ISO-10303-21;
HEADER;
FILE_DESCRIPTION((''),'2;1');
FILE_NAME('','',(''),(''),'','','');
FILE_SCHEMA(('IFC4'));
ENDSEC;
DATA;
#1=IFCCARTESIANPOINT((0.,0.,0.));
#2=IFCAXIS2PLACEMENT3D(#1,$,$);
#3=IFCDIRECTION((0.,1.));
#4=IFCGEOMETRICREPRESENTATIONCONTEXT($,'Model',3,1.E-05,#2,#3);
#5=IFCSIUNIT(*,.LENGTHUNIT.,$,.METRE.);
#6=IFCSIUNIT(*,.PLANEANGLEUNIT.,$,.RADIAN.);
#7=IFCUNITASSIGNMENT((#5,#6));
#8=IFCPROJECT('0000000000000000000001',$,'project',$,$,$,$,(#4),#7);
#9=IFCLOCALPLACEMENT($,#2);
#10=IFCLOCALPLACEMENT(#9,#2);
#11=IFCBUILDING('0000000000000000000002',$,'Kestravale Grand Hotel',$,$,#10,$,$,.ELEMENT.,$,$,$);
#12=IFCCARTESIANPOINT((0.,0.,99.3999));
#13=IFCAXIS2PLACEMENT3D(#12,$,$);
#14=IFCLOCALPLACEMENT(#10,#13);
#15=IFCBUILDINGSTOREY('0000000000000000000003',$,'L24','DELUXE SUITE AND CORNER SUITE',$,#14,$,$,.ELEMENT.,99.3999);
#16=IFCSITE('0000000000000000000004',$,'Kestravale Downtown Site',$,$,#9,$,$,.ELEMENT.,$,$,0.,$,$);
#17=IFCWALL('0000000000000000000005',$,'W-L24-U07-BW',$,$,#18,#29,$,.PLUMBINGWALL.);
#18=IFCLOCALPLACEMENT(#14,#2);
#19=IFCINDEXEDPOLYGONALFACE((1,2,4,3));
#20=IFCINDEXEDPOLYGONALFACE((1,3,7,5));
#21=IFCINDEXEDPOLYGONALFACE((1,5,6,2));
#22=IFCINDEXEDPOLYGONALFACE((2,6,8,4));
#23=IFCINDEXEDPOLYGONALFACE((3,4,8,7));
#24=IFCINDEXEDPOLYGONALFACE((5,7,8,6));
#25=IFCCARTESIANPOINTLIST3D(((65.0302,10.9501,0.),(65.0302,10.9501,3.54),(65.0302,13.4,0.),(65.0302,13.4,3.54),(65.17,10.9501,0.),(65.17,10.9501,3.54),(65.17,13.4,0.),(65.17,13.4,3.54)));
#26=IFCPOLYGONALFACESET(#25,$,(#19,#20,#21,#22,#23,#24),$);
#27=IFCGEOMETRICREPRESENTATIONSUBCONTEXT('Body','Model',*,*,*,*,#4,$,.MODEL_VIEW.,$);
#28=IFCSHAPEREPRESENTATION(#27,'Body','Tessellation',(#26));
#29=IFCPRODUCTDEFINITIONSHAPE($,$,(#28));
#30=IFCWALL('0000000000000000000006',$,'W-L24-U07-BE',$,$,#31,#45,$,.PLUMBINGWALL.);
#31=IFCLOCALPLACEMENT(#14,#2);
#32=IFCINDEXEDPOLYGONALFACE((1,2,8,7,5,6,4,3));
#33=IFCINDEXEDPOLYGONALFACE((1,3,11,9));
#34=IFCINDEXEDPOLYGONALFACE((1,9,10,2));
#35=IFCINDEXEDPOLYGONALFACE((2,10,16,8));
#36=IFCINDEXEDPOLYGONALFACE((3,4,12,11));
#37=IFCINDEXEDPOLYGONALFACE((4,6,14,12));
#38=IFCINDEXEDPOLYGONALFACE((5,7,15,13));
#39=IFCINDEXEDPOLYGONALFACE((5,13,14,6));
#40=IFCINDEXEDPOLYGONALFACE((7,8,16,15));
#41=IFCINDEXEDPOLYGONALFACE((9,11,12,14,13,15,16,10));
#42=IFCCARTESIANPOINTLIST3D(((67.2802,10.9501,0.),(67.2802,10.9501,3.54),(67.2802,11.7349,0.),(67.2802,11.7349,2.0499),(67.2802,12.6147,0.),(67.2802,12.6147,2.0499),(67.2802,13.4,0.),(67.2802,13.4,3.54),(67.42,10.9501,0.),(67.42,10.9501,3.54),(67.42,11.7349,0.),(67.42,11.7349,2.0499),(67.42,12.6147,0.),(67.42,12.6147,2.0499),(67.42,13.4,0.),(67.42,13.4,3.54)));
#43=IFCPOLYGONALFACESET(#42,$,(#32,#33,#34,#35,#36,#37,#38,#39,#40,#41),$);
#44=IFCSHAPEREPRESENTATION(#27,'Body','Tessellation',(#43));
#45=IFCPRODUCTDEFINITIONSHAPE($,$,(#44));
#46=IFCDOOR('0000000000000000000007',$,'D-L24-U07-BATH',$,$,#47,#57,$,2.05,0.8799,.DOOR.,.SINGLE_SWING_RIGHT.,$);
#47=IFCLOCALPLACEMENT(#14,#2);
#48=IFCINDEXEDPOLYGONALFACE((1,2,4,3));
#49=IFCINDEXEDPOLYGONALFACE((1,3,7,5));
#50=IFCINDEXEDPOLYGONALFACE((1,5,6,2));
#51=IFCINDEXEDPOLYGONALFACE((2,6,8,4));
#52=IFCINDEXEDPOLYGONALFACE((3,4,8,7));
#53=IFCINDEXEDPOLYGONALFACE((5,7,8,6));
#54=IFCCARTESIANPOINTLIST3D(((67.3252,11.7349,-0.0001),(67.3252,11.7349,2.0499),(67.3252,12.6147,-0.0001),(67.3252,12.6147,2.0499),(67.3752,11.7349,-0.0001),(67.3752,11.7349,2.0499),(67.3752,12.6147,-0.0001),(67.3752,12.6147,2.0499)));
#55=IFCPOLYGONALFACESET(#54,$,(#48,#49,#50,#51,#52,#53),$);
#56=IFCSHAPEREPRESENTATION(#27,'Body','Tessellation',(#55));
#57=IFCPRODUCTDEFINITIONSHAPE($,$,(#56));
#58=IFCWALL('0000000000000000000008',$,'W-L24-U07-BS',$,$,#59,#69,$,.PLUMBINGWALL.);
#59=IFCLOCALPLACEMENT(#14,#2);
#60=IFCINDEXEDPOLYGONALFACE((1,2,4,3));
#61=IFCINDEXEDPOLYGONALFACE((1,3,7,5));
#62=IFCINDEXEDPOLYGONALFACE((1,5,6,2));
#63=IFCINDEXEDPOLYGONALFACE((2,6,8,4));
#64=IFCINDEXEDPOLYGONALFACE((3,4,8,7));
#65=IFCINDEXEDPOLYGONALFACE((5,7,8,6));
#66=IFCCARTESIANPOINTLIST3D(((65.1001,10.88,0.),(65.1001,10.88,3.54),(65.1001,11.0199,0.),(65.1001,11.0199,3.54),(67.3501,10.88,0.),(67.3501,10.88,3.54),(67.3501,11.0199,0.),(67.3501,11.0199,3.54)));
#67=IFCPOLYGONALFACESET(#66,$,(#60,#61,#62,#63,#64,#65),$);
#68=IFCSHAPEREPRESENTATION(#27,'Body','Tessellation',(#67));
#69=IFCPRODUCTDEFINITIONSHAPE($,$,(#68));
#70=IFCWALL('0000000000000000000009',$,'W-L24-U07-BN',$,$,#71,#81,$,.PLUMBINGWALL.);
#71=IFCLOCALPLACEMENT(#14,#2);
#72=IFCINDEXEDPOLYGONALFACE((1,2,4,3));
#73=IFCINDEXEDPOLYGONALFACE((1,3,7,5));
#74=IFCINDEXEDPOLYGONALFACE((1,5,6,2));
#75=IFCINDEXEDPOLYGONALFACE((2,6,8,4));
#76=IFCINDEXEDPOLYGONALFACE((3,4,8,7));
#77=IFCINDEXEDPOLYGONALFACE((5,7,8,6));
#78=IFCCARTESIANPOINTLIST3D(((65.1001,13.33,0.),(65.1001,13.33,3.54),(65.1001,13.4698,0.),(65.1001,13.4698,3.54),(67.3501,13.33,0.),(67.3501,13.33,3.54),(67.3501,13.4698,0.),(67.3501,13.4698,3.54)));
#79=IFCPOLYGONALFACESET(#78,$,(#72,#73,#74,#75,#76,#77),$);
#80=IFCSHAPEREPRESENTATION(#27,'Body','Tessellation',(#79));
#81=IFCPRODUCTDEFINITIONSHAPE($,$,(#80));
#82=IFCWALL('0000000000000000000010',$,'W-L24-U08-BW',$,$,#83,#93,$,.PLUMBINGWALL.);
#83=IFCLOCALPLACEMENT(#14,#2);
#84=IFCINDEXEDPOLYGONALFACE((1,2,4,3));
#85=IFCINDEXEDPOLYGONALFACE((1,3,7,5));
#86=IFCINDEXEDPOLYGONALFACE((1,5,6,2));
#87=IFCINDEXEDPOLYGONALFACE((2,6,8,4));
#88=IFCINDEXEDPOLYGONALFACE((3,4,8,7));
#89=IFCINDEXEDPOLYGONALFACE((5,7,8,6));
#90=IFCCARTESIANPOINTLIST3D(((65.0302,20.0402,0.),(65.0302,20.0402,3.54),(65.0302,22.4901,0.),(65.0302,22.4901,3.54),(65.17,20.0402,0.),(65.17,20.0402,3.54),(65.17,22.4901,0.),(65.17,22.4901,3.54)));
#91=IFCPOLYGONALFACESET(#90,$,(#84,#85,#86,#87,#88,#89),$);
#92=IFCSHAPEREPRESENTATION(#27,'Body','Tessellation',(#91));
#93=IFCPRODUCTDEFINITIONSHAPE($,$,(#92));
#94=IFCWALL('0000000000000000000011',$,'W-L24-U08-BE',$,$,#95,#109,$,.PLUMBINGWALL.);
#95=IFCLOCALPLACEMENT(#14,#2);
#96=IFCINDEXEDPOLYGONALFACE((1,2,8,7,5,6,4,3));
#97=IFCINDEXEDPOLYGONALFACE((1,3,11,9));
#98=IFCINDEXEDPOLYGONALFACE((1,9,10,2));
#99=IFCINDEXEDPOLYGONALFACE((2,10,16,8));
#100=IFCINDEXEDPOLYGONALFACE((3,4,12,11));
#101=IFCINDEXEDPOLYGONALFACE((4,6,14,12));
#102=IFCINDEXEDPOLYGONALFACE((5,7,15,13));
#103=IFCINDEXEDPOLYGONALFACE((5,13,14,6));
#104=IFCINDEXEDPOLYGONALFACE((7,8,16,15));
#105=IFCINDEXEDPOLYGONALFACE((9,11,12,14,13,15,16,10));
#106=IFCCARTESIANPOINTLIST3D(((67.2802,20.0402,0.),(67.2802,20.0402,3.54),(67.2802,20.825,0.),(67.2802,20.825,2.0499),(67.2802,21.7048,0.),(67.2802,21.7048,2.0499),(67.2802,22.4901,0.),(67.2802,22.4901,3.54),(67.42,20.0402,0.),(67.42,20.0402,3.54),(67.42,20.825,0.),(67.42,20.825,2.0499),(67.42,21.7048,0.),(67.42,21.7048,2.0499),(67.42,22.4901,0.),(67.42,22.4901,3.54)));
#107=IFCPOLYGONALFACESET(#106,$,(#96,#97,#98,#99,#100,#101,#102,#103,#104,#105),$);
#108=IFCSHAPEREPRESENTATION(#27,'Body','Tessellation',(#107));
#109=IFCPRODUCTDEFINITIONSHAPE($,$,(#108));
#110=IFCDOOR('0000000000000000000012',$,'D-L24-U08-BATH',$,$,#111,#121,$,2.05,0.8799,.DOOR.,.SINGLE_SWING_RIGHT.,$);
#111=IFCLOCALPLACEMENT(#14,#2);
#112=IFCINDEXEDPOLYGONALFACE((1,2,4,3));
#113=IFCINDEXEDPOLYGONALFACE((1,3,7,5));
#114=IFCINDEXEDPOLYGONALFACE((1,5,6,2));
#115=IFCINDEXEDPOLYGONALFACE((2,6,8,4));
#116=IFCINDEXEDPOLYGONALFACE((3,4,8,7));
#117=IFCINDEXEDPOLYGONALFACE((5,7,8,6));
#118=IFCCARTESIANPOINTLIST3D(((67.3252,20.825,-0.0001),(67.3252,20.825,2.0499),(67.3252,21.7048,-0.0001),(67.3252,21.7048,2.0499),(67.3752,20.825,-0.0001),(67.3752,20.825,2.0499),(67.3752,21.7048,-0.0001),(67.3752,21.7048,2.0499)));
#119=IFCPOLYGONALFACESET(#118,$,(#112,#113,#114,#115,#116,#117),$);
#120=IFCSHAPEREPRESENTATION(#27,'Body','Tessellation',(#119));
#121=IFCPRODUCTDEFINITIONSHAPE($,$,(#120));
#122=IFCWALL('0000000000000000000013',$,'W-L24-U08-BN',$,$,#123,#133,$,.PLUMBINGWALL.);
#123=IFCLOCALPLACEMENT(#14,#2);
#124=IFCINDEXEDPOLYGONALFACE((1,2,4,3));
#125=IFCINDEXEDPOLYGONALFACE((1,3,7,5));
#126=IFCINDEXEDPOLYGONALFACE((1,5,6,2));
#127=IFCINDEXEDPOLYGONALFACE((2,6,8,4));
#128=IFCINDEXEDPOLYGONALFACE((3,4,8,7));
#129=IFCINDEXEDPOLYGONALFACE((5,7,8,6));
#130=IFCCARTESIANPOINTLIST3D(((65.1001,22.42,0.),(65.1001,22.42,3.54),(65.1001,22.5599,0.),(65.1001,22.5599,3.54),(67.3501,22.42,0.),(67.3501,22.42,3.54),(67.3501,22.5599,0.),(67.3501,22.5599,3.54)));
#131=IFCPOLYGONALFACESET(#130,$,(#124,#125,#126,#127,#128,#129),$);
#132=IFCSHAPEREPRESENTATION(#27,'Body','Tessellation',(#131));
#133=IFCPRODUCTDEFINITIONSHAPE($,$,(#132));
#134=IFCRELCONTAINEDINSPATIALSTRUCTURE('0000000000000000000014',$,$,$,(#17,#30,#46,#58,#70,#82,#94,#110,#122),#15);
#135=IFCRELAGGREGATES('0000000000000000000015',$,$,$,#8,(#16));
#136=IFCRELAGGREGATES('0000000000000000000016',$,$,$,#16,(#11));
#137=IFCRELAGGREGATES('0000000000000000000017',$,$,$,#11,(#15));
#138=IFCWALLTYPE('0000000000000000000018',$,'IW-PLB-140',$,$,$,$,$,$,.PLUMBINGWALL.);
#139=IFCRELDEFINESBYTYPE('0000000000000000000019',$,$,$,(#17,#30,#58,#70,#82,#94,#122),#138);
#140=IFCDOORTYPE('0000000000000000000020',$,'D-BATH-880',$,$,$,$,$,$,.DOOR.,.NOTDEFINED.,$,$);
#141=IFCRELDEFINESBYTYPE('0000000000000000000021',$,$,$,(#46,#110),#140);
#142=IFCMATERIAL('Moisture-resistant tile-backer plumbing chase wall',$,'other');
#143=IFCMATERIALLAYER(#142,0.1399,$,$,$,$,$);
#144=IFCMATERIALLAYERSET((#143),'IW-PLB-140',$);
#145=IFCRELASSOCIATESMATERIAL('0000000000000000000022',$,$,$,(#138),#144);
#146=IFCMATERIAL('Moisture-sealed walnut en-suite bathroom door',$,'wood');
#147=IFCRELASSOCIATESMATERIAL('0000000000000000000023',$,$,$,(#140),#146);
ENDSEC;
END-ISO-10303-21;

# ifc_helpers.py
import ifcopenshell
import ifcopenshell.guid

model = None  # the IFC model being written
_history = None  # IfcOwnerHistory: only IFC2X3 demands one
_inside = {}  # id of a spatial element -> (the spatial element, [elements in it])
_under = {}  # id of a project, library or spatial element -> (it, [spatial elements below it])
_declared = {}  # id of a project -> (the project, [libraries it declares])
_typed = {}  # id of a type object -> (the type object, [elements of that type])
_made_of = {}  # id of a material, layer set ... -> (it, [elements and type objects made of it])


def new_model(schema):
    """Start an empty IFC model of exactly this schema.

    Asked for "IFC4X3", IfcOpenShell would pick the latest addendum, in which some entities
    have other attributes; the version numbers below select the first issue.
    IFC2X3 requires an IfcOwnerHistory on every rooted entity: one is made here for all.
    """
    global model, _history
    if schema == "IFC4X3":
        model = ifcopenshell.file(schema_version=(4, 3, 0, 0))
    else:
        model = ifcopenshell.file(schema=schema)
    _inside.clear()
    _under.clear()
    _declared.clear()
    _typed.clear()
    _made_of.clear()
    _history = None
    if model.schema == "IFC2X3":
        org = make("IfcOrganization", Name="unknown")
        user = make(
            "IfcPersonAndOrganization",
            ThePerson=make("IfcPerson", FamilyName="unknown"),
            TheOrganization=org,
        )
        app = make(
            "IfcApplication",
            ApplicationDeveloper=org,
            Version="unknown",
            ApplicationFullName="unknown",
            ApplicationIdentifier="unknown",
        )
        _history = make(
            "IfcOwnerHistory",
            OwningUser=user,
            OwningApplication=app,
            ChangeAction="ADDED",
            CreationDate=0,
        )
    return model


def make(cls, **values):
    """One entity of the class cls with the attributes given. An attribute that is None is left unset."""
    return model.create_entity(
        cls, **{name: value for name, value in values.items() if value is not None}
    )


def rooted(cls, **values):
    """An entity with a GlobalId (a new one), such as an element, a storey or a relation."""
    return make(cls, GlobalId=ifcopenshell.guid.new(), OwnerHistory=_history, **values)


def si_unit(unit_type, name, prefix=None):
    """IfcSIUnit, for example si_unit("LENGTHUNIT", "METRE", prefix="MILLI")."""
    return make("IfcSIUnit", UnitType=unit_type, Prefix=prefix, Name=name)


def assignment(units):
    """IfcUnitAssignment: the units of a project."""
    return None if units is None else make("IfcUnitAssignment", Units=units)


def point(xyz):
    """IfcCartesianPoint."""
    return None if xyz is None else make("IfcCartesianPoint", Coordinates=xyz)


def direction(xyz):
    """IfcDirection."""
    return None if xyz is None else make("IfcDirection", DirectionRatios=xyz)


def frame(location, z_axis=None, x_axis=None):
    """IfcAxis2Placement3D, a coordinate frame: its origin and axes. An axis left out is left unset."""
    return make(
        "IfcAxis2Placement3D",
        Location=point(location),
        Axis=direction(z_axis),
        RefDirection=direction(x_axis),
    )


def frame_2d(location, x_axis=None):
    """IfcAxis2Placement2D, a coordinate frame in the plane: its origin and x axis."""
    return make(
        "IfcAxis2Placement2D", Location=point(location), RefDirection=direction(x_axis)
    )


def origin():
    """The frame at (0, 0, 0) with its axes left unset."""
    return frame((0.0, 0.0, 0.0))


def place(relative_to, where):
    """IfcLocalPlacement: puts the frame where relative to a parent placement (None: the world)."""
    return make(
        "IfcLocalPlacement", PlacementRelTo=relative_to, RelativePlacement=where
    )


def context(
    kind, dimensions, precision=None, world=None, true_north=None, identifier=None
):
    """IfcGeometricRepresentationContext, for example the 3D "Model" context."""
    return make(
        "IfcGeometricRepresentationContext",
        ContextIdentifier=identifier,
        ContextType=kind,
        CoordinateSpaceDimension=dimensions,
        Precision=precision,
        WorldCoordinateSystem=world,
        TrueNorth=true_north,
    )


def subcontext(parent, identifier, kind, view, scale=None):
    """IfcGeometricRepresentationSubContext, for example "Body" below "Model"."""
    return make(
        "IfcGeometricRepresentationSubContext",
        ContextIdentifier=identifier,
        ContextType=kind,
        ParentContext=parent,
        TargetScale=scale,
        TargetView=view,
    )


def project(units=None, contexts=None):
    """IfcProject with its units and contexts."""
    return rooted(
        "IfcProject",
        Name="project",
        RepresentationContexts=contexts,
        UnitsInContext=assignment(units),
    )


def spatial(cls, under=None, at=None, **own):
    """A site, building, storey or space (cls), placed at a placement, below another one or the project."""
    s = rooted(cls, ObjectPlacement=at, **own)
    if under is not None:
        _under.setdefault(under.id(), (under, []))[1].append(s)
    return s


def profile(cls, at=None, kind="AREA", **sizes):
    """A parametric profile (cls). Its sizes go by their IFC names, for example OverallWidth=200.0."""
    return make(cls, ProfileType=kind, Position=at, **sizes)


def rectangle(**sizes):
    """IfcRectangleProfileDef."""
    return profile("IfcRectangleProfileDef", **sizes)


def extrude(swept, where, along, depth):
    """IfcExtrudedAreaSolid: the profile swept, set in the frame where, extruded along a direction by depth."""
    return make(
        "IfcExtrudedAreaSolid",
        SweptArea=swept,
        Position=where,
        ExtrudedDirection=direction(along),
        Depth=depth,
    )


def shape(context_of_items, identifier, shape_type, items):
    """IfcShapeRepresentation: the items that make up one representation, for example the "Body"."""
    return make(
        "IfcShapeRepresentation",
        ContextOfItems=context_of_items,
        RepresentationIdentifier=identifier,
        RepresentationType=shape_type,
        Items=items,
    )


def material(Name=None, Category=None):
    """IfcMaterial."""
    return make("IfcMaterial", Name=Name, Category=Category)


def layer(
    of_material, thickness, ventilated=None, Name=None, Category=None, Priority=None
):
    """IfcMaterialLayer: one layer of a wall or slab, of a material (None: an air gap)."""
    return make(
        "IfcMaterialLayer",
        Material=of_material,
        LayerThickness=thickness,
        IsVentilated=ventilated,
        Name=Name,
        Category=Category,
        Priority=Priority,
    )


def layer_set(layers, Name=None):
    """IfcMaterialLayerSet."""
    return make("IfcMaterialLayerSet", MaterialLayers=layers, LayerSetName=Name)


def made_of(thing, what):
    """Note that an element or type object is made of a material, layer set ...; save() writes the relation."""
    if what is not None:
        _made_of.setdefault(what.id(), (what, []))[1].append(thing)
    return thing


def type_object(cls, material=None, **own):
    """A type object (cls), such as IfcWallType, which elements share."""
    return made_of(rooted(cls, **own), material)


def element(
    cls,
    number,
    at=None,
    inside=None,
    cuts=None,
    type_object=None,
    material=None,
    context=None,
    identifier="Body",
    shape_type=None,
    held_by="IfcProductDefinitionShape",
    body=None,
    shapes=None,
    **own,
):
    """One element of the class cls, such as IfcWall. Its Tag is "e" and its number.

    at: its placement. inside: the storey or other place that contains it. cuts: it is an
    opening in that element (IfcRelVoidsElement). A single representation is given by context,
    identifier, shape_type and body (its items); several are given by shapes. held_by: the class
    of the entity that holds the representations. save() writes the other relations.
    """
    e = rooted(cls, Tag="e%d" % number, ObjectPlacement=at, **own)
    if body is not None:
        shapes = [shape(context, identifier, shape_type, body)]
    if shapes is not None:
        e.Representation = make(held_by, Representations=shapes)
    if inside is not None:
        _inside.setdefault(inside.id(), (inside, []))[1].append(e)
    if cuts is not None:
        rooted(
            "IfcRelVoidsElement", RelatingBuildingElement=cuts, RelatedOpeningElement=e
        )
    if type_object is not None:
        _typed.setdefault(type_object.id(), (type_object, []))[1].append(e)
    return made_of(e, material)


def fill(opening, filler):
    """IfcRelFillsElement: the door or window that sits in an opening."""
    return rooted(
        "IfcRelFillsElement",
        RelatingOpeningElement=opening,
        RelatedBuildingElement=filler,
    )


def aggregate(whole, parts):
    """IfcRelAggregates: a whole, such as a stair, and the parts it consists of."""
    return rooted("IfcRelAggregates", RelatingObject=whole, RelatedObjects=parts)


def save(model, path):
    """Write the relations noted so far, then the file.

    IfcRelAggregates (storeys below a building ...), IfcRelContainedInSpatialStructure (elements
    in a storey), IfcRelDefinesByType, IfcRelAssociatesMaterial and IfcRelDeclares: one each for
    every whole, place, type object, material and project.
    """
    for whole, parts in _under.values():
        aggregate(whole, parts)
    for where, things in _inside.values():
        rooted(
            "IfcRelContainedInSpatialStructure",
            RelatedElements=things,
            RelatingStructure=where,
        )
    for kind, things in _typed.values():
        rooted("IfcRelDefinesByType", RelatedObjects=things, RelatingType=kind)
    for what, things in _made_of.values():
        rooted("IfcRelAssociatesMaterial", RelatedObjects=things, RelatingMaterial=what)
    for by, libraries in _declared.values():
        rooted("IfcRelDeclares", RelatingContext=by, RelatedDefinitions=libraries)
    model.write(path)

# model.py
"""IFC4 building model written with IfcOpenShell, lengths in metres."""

from ifc_helpers import new_model, si_unit, direction, frame, frame_2d, origin, place, context, subcontext, project, spatial, rectangle, extrude, material, layer, layer_set, type_object, element, fill, save


model = new_model("IFC4")

# Units and contexts
model_context = context("Model", 3, precision=1e-05, world=origin(), true_north=direction((0.0, 1.0)))
body_context = subcontext(model_context, "Body", "Model", "MODEL_VIEW")
ifc_project = project(units=[si_unit("LENGTHUNIT", "METRE"), si_unit("PLANEANGLEUNIT", "RADIAN")], contexts=[model_context])

# Site, building, storey
site_placement = place(None, origin())
site = spatial("IfcSite", under=ifc_project, at=site_placement, Name="Kestravale Downtown Site", CompositionType="ELEMENT", RefElevation=0.0)
building_placement = place(site_placement, origin())
building = spatial("IfcBuilding", under=site, at=building_placement, Name="Kestravale Grand Hotel", CompositionType="ELEMENT")
storey_placement = place(building_placement, frame((0.0, 0.0, 99.3999)))
storey = spatial("IfcBuildingStorey", under=building, at=storey_placement, Name="L24", Description="DELUXE SUITE AND CORNER SUITE", CompositionType="ELEMENT", Elevation=99.3999)

# Wall
ifc_material_1 = material(Name="Moisture-resistant tile-backer plumbing chase wall", Category="other")
ifc_layer_1 = layer(ifc_material_1, 0.1399)
ifc_layer_set_1 = layer_set([ifc_layer_1], Name="IW-PLB-140")
wall_type_1 = type_object("IfcWallType", Name="IW-PLB-140", PredefinedType="PLUMBINGWALL", material=ifc_layer_set_1)
wall_1_placement = place(storey_placement, frame((65.1001, 10.95, 0.0), z_axis=(0.0, 0.0, 1.0), x_axis=(0.0, 1.0, 0.0)))
element("IfcWall", 1, at=wall_1_placement, inside=storey, type_object=wall_type_1, Name="W-L24-U07-BW", PredefinedType="PLUMBINGWALL", context=body_context, shape_type="SweptSolid", body=[
    extrude(rectangle(XDim=2.45, YDim=0.1399, at=frame_2d((1.2251, 0.0))), origin(), (0.0, 0.0, 1.0), 3.54),
])

# Wall, opening, door
wall_2_placement = place(storey_placement, frame((67.3501, 10.95, 0.0), z_axis=(0.0, 0.0, 1.0), x_axis=(0.0, 1.0, 0.0)))
wall_2 = element("IfcWall", 2, at=wall_2_placement, inside=storey, type_object=wall_type_1, Name="W-L24-U07-BE", PredefinedType="PLUMBINGWALL", context=body_context, shape_type="SweptSolid", body=[
    extrude(rectangle(XDim=2.45, YDim=0.1399, at=frame_2d((1.2251, 0.0))), origin(), (0.0, 0.0, 1.0), 3.54),
])
opening_1_placement = place(wall_2_placement, frame((0.7849, 0.0, 0.0)))
opening_1 = element("IfcOpeningElement", 3, at=opening_1_placement, cuts=wall_2, PredefinedType="OPENING", context=body_context, shape_type="SweptSolid", body=[
    extrude(rectangle(XDim=0.8799, YDim=2.05, at=frame_2d((0.4399, 1.0249))), frame((0.0, 0.0798, 0.0), z_axis=(0.0, -1.0, 0.0), x_axis=(1.0, 0.0, 0.0)), (0.0, 0.0, 1.0), 0.1599),
])
ifc_material_2 = material(Name="Moisture-sealed walnut en-suite bathroom door", Category="wood")
door_type = type_object("IfcDoorType", Name="D-BATH-880", OperationType="NOTDEFINED", PredefinedType="DOOR", material=ifc_material_2)
door_1_placement = place(opening_1_placement, origin())
door_1 = element("IfcDoor", 4, at=door_1_placement, inside=storey, type_object=door_type, Name="D-L24-U07-BATH", OperationType="SINGLE_SWING_RIGHT", OverallHeight=2.05, OverallWidth=0.8799, PredefinedType="DOOR", context=body_context, shape_type="SweptSolid", body=[
    extrude(rectangle(XDim=0.8799, YDim=2.05, at=frame_2d((0.4399, 1.0249))), frame((0.0, 0.0249, 0.0), z_axis=(0.0, -1.0, 0.0), x_axis=(1.0, 0.0, 0.0)), (0.0, 0.0, 1.0), 0.05),
])
fill(opening_1, door_1)

# Walls
for number, where, z_axis, x_axis, name in (
    (5, (65.1001, 10.95, 0.0), (0.0, 0.0, 1.0), (1.0, 0.0, 0.0), "W-L24-U07-BS"),
    (6, (65.1001, 13.3999, 0.0), (0.0, 0.0, 1.0), (1.0, 0.0, 0.0), "W-L24-U07-BN"),
):
    element("IfcWall", number, at=place(storey_placement, frame(where, z_axis=z_axis, x_axis=x_axis)), inside=storey, type_object=wall_type_1, Name=name, PredefinedType="PLUMBINGWALL", context=body_context, shape_type="SweptSolid", body=[
        extrude(rectangle(XDim=2.25, YDim=0.1399, at=frame_2d((1.125, 0.0))), origin(), (0.0, 0.0, 1.0), 3.54),
    ])
wall_3_placement = place(storey_placement, frame((65.1001, 20.04, 0.0), z_axis=(0.0, 0.0, 1.0), x_axis=(0.0, 1.0, 0.0)))
element("IfcWall", 7, at=wall_3_placement, inside=storey, type_object=wall_type_1, Name="W-L24-U08-BW", PredefinedType="PLUMBINGWALL", context=body_context, shape_type="SweptSolid", body=[
    extrude(rectangle(XDim=2.45, YDim=0.1399, at=frame_2d((1.2251, 0.0))), origin(), (0.0, 0.0, 1.0), 3.54),
])

# Wall, opening, door
wall_4_placement = place(storey_placement, frame((67.3501, 20.04, 0.0), z_axis=(0.0, 0.0, 1.0), x_axis=(0.0, 1.0, 0.0)))
wall_4 = element("IfcWall", 8, at=wall_4_placement, inside=storey, type_object=wall_type_1, Name="W-L24-U08-BE", PredefinedType="PLUMBINGWALL", context=body_context, shape_type="SweptSolid", body=[
    extrude(rectangle(XDim=2.45, YDim=0.1399, at=frame_2d((1.2251, 0.0))), origin(), (0.0, 0.0, 1.0), 3.54),
])
opening_2_placement = place(wall_4_placement, frame((0.7849, 0.0, 0.0)))
opening_2 = element("IfcOpeningElement", 9, at=opening_2_placement, cuts=wall_4, PredefinedType="OPENING", context=body_context, shape_type="SweptSolid", body=[
    extrude(rectangle(XDim=0.8799, YDim=2.05, at=frame_2d((0.4399, 1.0249))), frame((0.0, 0.0798, 0.0), z_axis=(0.0, -1.0, 0.0), x_axis=(1.0, 0.0, 0.0)), (0.0, 0.0, 1.0), 0.1599),
])
door_2_placement = place(opening_2_placement, origin())
door_2 = element("IfcDoor", 10, at=door_2_placement, inside=storey, type_object=door_type, Name="D-L24-U08-BATH", OperationType="SINGLE_SWING_RIGHT", OverallHeight=2.05, OverallWidth=0.8799, PredefinedType="DOOR", context=body_context, shape_type="SweptSolid", body=[
    extrude(rectangle(XDim=0.8799, YDim=2.05, at=frame_2d((0.4399, 1.0249))), frame((0.0, 0.0249, 0.0), z_axis=(0.0, -1.0, 0.0), x_axis=(1.0, 0.0, 0.0)), (0.0, 0.0, 1.0), 0.05),
])
fill(opening_2, door_2)

# Wall
wall_5_placement = place(storey_placement, frame((65.1001, 22.49, 0.0), z_axis=(0.0, 0.0, 1.0), x_axis=(1.0, 0.0, 0.0)))
element("IfcWall", 11, at=wall_5_placement, inside=storey, type_object=wall_type_1, Name="W-L24-U08-BN", PredefinedType="PLUMBINGWALL", context=body_context, shape_type="SweptSolid", body=[
    extrude(rectangle(XDim=2.25, YDim=0.1399, at=frame_2d((1.125, 0.0))), origin(), (0.0, 0.0, 1.0), 3.54),
])

save(model, "model.ifc")
